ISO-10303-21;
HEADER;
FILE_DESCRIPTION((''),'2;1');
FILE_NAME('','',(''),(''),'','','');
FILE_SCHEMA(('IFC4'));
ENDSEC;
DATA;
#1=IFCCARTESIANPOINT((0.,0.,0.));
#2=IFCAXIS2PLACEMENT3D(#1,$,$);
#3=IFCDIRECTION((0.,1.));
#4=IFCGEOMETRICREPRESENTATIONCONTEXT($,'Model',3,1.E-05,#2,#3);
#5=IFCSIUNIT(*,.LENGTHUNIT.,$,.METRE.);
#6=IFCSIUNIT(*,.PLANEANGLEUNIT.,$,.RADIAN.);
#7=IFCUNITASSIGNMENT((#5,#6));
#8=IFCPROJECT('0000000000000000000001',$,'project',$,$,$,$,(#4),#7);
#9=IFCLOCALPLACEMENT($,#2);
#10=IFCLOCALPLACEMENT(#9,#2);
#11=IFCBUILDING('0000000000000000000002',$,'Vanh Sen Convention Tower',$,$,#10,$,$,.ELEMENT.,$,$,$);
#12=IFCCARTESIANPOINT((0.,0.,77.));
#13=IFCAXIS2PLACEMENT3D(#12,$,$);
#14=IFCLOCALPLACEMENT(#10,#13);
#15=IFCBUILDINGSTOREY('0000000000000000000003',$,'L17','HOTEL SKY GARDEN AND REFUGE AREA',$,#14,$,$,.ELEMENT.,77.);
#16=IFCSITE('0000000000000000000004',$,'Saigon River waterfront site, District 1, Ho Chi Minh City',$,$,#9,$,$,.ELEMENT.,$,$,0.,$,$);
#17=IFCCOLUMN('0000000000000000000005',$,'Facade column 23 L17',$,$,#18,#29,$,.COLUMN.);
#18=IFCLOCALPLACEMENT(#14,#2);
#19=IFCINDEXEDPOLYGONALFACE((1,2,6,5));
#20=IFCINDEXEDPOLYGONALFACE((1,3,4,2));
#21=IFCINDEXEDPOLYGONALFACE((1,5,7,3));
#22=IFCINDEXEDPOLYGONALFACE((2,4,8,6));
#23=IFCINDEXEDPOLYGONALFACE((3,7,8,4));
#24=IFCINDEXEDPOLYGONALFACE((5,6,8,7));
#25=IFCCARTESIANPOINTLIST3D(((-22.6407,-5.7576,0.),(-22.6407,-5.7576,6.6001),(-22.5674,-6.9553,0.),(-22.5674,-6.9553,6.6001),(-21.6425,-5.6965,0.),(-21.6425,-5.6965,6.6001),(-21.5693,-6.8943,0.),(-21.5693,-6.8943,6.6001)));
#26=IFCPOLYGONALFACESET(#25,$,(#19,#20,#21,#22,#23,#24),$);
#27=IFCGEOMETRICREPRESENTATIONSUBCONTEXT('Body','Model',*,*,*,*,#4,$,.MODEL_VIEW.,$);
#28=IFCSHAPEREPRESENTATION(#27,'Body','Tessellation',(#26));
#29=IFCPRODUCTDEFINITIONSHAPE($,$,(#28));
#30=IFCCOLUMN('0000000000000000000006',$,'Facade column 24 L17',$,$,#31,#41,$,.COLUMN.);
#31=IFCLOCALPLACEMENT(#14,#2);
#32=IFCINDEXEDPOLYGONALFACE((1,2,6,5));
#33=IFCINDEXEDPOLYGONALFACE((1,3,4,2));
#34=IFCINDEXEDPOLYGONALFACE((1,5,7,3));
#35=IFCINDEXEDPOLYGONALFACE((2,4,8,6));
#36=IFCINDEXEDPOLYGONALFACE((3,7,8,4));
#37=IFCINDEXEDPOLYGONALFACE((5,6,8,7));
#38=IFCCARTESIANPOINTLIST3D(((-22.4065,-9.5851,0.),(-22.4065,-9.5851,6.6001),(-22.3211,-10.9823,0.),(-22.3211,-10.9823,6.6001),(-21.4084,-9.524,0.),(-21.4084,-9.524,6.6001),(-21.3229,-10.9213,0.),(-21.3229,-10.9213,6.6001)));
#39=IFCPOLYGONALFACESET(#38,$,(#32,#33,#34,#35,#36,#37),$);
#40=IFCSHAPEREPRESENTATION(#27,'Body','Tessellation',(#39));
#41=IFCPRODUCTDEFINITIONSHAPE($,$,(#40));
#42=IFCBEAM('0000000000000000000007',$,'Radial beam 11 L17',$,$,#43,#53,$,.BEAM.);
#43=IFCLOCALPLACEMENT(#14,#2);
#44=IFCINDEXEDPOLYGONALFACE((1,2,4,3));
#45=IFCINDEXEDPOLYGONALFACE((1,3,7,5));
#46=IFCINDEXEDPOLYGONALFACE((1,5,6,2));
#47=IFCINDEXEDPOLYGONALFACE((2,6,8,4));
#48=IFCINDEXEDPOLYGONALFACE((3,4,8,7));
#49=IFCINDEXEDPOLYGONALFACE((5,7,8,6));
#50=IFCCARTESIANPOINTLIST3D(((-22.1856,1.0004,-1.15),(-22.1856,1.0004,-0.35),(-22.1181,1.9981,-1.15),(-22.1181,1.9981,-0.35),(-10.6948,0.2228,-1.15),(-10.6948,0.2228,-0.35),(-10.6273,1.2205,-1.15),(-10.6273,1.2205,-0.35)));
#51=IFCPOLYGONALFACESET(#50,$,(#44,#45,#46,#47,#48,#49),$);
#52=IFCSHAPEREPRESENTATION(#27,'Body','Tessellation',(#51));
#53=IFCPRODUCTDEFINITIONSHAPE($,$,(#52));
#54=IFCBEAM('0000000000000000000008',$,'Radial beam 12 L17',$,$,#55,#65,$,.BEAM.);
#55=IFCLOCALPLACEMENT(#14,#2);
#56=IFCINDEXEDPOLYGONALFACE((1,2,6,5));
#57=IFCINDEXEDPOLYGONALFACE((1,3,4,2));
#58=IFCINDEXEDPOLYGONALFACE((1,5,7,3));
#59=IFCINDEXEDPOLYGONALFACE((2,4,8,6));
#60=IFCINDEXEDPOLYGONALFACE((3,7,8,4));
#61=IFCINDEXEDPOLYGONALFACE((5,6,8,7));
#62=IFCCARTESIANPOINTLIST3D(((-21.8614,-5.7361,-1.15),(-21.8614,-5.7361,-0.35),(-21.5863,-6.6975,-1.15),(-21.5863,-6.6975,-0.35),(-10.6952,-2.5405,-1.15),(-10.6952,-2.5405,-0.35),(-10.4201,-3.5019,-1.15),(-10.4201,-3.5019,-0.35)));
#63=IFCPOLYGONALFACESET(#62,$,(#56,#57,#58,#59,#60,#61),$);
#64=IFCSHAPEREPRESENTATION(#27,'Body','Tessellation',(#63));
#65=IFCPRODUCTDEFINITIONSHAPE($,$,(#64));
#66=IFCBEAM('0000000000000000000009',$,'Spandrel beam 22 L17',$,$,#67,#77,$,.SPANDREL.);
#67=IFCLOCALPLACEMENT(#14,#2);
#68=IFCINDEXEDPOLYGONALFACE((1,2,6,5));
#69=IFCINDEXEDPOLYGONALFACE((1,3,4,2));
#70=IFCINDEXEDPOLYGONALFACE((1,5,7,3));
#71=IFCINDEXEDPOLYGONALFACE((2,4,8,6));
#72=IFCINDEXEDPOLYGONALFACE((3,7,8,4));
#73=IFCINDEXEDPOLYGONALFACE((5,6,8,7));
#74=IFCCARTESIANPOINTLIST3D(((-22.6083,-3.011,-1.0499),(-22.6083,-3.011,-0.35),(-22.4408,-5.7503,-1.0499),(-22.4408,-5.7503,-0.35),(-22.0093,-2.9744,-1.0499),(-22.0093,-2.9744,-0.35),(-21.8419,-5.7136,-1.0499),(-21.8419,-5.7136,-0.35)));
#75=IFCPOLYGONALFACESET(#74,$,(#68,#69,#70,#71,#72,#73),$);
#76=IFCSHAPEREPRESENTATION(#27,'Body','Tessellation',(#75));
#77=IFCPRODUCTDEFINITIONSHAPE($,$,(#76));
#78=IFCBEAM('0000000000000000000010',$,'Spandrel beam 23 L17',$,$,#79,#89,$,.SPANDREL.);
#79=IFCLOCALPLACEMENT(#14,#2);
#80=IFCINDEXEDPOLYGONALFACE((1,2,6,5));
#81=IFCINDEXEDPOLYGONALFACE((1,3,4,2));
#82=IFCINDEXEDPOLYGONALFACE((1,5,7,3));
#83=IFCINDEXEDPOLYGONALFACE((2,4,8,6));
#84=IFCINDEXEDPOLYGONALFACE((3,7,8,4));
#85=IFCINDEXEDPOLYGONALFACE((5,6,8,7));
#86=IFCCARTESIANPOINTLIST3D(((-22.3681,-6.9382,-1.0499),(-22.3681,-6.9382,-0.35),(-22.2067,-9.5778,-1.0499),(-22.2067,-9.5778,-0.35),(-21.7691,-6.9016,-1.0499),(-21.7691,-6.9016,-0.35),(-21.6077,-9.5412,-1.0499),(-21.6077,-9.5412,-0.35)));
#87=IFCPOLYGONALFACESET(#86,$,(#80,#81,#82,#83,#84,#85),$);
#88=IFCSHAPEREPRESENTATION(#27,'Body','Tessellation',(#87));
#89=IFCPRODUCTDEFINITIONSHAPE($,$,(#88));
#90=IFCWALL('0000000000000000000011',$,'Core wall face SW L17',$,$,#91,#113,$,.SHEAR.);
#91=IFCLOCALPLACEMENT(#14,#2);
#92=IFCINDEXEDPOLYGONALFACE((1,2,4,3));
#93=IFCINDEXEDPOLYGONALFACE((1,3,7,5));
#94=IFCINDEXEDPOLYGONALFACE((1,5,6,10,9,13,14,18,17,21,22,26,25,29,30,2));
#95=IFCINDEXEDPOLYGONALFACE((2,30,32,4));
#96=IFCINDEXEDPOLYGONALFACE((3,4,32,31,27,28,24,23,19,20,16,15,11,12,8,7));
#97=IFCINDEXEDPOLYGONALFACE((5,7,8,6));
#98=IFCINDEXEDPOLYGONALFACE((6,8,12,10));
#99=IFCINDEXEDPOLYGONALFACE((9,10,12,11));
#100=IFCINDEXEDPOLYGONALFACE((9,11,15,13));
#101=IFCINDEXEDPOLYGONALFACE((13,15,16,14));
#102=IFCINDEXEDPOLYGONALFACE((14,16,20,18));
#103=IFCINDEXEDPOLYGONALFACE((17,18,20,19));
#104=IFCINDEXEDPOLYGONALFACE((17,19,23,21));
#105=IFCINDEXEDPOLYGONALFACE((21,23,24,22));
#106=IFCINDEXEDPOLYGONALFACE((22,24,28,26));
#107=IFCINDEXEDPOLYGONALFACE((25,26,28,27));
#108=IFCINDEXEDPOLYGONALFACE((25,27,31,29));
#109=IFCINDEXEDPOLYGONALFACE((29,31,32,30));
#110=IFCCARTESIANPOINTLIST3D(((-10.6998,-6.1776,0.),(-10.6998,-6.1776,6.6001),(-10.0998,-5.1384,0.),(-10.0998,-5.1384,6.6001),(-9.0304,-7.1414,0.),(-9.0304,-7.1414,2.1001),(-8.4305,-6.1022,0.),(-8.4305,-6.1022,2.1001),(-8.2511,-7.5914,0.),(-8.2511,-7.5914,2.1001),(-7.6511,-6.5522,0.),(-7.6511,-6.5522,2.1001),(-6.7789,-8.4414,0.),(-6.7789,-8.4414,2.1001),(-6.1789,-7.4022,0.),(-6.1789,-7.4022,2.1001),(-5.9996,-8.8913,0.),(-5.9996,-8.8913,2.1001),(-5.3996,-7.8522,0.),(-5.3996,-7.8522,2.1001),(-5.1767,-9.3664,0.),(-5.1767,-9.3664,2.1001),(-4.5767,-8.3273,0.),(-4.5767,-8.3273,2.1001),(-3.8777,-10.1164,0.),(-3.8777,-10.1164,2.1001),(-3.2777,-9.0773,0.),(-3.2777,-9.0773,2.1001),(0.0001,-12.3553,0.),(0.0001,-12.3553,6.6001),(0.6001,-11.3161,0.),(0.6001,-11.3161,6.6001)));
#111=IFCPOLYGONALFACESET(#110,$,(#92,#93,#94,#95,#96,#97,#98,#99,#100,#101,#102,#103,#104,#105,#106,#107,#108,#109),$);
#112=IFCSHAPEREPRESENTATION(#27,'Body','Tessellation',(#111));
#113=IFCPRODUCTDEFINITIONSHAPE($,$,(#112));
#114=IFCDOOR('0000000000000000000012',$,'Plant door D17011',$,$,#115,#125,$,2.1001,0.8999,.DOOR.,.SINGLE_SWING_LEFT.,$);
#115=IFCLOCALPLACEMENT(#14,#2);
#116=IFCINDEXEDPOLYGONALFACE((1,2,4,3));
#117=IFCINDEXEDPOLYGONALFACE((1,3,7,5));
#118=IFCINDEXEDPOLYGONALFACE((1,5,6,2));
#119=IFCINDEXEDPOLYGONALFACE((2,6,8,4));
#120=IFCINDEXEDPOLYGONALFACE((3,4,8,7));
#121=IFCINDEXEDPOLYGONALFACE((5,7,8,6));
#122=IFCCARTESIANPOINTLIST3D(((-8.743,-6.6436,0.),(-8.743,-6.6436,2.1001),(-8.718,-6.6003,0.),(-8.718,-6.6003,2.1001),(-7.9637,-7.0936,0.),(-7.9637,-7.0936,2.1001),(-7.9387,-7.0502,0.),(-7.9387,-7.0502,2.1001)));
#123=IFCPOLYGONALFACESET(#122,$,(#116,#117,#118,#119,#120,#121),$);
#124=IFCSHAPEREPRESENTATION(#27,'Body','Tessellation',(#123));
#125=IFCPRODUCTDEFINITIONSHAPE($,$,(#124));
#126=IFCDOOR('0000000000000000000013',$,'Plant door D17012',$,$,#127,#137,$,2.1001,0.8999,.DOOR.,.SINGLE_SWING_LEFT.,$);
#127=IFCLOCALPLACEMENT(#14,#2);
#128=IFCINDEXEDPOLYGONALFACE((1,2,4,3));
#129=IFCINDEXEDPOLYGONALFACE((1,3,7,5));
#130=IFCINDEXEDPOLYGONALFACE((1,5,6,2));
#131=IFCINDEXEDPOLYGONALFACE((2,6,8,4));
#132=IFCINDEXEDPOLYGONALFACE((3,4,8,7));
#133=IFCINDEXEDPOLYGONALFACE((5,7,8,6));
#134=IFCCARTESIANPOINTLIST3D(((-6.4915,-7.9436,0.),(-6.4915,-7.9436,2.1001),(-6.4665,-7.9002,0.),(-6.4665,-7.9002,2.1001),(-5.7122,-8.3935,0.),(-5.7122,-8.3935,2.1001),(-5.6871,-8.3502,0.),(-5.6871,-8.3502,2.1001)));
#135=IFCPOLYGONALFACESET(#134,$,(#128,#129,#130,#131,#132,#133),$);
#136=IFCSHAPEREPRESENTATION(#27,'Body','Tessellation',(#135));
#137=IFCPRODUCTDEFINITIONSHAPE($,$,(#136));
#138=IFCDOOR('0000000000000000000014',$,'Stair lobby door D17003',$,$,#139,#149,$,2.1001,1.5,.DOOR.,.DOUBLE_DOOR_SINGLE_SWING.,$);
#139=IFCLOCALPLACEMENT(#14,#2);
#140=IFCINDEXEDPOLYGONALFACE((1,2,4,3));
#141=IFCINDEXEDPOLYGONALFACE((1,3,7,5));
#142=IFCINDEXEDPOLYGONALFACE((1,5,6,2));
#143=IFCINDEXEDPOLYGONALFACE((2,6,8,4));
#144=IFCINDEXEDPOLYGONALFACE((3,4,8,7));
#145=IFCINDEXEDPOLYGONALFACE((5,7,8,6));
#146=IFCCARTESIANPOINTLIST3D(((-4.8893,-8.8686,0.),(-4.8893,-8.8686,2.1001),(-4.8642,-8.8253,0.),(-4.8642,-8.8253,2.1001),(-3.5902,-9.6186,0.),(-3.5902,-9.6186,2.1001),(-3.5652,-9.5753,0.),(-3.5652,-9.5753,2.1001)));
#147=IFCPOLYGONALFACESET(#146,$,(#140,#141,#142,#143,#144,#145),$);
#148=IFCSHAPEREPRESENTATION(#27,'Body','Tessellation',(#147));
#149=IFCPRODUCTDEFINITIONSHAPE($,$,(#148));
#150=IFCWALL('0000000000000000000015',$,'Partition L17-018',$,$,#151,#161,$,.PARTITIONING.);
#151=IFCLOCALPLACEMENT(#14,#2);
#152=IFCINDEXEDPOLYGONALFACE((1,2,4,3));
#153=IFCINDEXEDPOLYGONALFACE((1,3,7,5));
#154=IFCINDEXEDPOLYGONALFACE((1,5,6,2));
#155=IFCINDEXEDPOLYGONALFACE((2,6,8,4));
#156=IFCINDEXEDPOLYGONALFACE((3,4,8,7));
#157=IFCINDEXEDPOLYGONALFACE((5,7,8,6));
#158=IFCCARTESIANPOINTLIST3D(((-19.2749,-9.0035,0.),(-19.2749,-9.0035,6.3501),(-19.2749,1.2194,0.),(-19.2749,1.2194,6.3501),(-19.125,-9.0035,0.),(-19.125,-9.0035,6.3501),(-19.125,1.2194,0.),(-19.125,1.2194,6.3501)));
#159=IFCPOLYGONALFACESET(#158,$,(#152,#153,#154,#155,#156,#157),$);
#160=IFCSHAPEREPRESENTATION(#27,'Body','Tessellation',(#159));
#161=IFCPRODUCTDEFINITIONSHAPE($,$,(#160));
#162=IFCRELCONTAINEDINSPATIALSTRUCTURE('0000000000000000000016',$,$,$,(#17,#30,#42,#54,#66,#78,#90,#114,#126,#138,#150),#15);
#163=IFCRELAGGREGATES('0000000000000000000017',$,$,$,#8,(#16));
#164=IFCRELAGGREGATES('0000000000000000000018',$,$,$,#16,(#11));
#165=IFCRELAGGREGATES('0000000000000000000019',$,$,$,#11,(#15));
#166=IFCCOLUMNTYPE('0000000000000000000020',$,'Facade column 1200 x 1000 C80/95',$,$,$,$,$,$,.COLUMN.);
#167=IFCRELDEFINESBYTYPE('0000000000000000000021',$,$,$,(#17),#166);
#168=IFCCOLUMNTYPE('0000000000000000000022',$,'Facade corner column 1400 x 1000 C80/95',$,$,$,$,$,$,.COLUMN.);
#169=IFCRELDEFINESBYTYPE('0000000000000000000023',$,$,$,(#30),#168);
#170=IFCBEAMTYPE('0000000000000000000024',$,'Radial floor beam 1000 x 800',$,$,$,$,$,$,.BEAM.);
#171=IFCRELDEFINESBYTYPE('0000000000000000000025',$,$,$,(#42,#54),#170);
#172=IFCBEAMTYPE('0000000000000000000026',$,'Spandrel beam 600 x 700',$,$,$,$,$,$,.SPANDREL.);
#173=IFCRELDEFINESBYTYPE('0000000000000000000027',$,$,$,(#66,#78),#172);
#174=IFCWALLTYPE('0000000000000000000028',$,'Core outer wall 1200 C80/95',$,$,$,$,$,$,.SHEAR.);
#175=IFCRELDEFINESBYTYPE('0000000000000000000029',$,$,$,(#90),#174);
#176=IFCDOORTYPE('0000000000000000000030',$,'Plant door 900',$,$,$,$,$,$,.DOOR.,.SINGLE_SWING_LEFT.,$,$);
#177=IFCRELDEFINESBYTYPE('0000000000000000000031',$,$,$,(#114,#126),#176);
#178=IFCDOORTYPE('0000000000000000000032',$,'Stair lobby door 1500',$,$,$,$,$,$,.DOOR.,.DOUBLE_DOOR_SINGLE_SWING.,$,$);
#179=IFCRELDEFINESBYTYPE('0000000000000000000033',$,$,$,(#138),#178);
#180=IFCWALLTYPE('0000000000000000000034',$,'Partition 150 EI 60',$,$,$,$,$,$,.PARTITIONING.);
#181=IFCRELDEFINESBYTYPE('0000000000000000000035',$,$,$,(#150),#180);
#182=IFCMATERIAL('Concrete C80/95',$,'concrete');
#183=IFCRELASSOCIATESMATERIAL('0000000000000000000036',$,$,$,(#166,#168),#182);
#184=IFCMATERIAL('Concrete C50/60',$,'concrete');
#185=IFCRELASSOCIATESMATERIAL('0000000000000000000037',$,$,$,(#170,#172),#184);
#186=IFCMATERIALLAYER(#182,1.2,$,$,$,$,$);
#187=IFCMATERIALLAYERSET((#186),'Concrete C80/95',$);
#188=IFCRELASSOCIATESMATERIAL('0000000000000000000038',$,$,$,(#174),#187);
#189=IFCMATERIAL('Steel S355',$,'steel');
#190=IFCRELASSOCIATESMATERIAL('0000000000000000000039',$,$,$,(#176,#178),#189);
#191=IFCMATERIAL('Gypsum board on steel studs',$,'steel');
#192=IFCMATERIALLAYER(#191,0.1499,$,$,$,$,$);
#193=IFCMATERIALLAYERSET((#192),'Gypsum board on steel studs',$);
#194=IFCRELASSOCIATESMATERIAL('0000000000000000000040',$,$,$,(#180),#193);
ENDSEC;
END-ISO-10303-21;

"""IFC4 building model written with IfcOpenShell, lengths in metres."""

from ifc_helpers import new_model, si_unit, direction, frame, frame_2d, origin, origin_2d, place, context, subcontext, project, spatial, rectangle, extrude, material, layer, layer_set, material_profile, profile_set, type_object, element, fill, save


model = new_model("IFC4")

# Units and contexts
model_context = context("Model", 3, precision=1e-05, world=origin(), true_north=direction((0.0, 1.0)))
body_context = subcontext(model_context, "Body", "Model", "MODEL_VIEW")
ifc_project = project(units=[si_unit("LENGTHUNIT", "METRE"), si_unit("PLANEANGLEUNIT", "RADIAN")], contexts=[model_context])

# Site, building, storey
site_placement = place(None, origin())
site = spatial("IfcSite", under=ifc_project, at=site_placement, Name="Saigon River waterfront site, District 1, Ho Chi Minh City", CompositionType="ELEMENT", RefElevation=0.0)
building_placement = place(site_placement, origin())
building = spatial("IfcBuilding", under=site, at=building_placement, Name="Vanh Sen Convention Tower", CompositionType="ELEMENT")
storey_placement = place(building_placement, frame((0.0, 0.0, 77.0)))
storey = spatial("IfcBuildingStorey", under=building, at=storey_placement, Name="L17", Description="HOTEL SKY GARDEN AND REFUGE AREA", CompositionType="ELEMENT", Elevation=77.0)

# Columns
ifc_material_1 = material(Name="Concrete C80/95", Category="concrete")
ifc_material_profile_1 = material_profile(ifc_material_1, rectangle(XDim=1.2, YDim=1.0, at=origin_2d()), Name="RC 1200X1000")
ifc_profile_set_1 = profile_set([ifc_material_profile_1], Name="Concrete C80/95")
column_type_1 = type_object("IfcColumnType", Name="Facade column 1200 x 1000 C80/95", PredefinedType="COLUMN", material=ifc_profile_set_1)
column_1_placement = place(storey_placement, frame((-22.105, -6.3259, 0.0), z_axis=(0.0, 0.0, 1.0), x_axis=(0.061049, -0.998135, 0.0)))
element("IfcColumn", 1, at=column_1_placement, inside=storey, type_object=column_type_1, Name="Facade column 23 L17", PredefinedType="COLUMN", context=body_context, shape_type="SweptSolid", body=[
    extrude(rectangle(XDim=1.2, YDim=1.0, at=origin_2d()), origin(), (0.0, 0.0, 1.0), 6.6001),
])
ifc_material_profile_2 = material_profile(ifc_material_1, rectangle(XDim=1.3999, YDim=1.0, at=origin_2d()), Name="RC 1400X1000")
ifc_profile_set_2 = profile_set([ifc_material_profile_2], Name="Concrete C80/95")
column_type_2 = type_object("IfcColumnType", Name="Facade corner column 1400 x 1000 C80/95", PredefinedType="COLUMN", material=ifc_profile_set_2)
column_2_placement = place(storey_placement, frame((-21.8647, -10.2532, 0.0), z_axis=(0.0, 0.0, 1.0), x_axis=(0.061049, -0.998135, 0.0)))
element("IfcColumn", 2, at=column_2_placement, inside=storey, type_object=column_type_2, Name="Facade column 24 L17", PredefinedType="COLUMN", context=body_context, shape_type="SweptSolid", body=[
    extrude(rectangle(XDim=1.3999, YDim=1.0, at=origin_2d()), origin(), (0.0, 0.0, 1.0), 6.6001),
])

# Beams
ifc_material_2 = material(Name="Concrete C50/60", Category="concrete")
ifc_material_profile_3 = material_profile(ifc_material_2, rectangle(XDim=1.0, YDim=0.8, at=origin_2d()), Name="RC 1000X800")
ifc_profile_set_3 = profile_set([ifc_material_profile_3], Name="Concrete C50/60")
beam_type_1 = type_object("IfcBeamType", Name="Radial floor beam 1000 x 800", PredefinedType="BEAM", material=ifc_profile_set_3)
beam_1_placement = place(storey_placement, frame((-22.1519, 1.4993, -0.75), z_axis=(0.997718, -0.067517, 0.0), x_axis=(0.067517, 0.997718, 0.0)))
element("IfcBeam", 3, at=beam_1_placement, inside=storey, type_object=beam_type_1, Name="Radial beam 11 L17", PredefinedType="BEAM", context=body_context, shape_type="SweptSolid", body=[
    extrude(rectangle(XDim=1.0, YDim=0.8, at=origin_2d()), origin(), (0.0, 0.0, 1.0), 11.5171),
])
beam_2_placement = place(storey_placement, frame((-21.7239, -6.2168, -0.75), z_axis=(0.961406, 0.275135, 0.0), x_axis=(-0.275135, 0.961406, 0.0)))
element("IfcBeam", 4, at=beam_2_placement, inside=storey, type_object=beam_type_1, Name="Radial beam 12 L17", PredefinedType="BEAM", context=body_context, shape_type="SweptSolid", body=[
    extrude(rectangle(XDim=1.0, YDim=0.8, at=origin_2d()), origin(), (0.0, 0.0, 1.0), 11.6145),
])
ifc_material_profile_4 = material_profile(ifc_material_2, rectangle(XDim=0.6001, YDim=0.7, at=origin_2d()), Name="RC 600X700")
ifc_profile_set_4 = profile_set([ifc_material_profile_4], Name="Concrete C50/60")
beam_type_2 = type_object("IfcBeamType", Name="Spandrel beam 600 x 700", PredefinedType="SPANDREL", material=ifc_profile_set_4)
beam_3_placement = place(storey_placement, frame((-22.3088, -2.9927, -0.7), z_axis=(0.061027, -0.998136, 0.0), x_axis=(0.998136, 0.061027, 0.0)))
element("IfcBeam", 5, at=beam_3_placement, inside=storey, type_object=beam_type_2, Name="Spandrel beam 22 L17", PredefinedType="SPANDREL", context=body_context, shape_type="SweptSolid", body=[
    extrude(rectangle(XDim=0.6001, YDim=0.7, at=origin_2d()), origin(), (0.0, 0.0, 1.0), 2.7444),
])
beam_4_placement = place(storey_placement, frame((-22.0686, -6.9199, -0.7), z_axis=(0.061022, -0.998136, 0.0), x_axis=(0.998136, 0.061022, 0.0)))
element("IfcBeam", 6, at=beam_4_placement, inside=storey, type_object=beam_type_2, Name="Spandrel beam 23 L17", PredefinedType="SPANDREL", context=body_context, shape_type="SweptSolid", body=[
    extrude(rectangle(XDim=0.6001, YDim=0.7, at=origin_2d()), origin(), (0.0, 0.0, 1.0), 2.6445),
])

# Wall, openings, doors
ifc_layer_1 = layer(ifc_material_1, 1.2)
ifc_layer_set_1 = layer_set([ifc_layer_1], Name="Concrete C80/95")
wall_type_1 = type_object("IfcWallType", Name="Core outer wall 1200 C80/95", PredefinedType="SHEAR", material=ifc_layer_set_1)
wall_1_placement = place(storey_placement, frame((-10.3999, -5.658, 0.0), z_axis=(0.0, 0.0, 1.0), x_axis=(0.866021, -0.500007, 0.0)))
wall_1 = element("IfcWall", 7, at=wall_1_placement, inside=storey, type_object=wall_type_1, Name="Core wall face SW L17", PredefinedType="SHEAR", context=body_context, shape_type="SweptSolid", body=[
    extrude(rectangle(XDim=12.3552, YDim=1.2, at=frame_2d((6.1777, 0.0))), origin(), (0.0, 0.0, 1.0), 6.6001),
])
opening_1_placement = place(wall_1_placement, frame((6.3777, 0.0, 0.0)))
opening_1 = element("IfcOpeningElement", 8, at=opening_1_placement, cuts=wall_1, PredefinedType="OPENING", context=body_context, shape_type="SweptSolid", body=[
    extrude(rectangle(XDim=1.5, YDim=2.1001, at=frame_2d((0.75, 1.05))), frame((0.0, 0.6099, 0.0), z_axis=(0.0, -1.0, 0.0), x_axis=(1.0, 0.0, 0.0)), (0.0, 0.0, 1.0), 1.22),
])
opening_2_placement = place(wall_1_placement, frame((1.9277, 0.0, 0.0)))
opening_2 = element("IfcOpeningElement", 9, at=opening_2_placement, cuts=wall_1, PredefinedType="OPENING", context=body_context, shape_type="SweptSolid", body=[
    extrude(rectangle(XDim=0.8999, YDim=2.1001, at=frame_2d((0.45, 1.05))), frame((0.0, 0.6099, 0.0), z_axis=(0.0, -1.0, 0.0), x_axis=(1.0, 0.0, 0.0)), (0.0, 0.0, 1.0), 1.22),
])
opening_3_placement = place(wall_1_placement, frame((4.5276, 0.0, 0.0)))
opening_3 = element("IfcOpeningElement", 10, at=opening_3_placement, cuts=wall_1, PredefinedType="OPENING", context=body_context, shape_type="SweptSolid", body=[
    extrude(rectangle(XDim=0.8999, YDim=2.1001, at=frame_2d((0.45, 1.05))), frame((0.0, 0.6099, 0.0), z_axis=(0.0, -1.0, 0.0), x_axis=(1.0, 0.0, 0.0)), (0.0, 0.0, 1.0), 1.22),
])
ifc_material_3 = material(Name="Steel S355", Category="steel")
door_type_1 = type_object("IfcDoorType", Name="Plant door 900", OperationType="SINGLE_SWING_LEFT", PredefinedType="DOOR", material=ifc_material_3)
door_1_placement = place(opening_2_placement, origin())
door_1 = element("IfcDoor", 11, at=door_1_placement, inside=storey, type_object=door_type_1, Name="Plant door D17011", OperationType="SINGLE_SWING_LEFT", OverallHeight=2.1001, OverallWidth=0.8999, PredefinedType="DOOR", context=body_context, shape_type="SweptSolid", body=[
    extrude(rectangle(XDim=0.8999, YDim=2.1001, at=frame_2d((0.45, 1.05))), frame((0.0, 0.0249, 0.0), z_axis=(0.0, -1.0, 0.0), x_axis=(1.0, 0.0, 0.0)), (0.0, 0.0, 1.0), 0.05),
])
fill(opening_2, door_1)
door_2_placement = place(opening_3_placement, origin())
door_2 = element("IfcDoor", 12, at=door_2_placement, inside=storey, type_object=door_type_1, Name="Plant door D17012", OperationType="SINGLE_SWING_LEFT", OverallHeight=2.1001, OverallWidth=0.8999, PredefinedType="DOOR", context=body_context, shape_type="SweptSolid", body=[
    extrude(rectangle(XDim=0.8999, YDim=2.1001, at=frame_2d((0.45, 1.05))), frame((0.0, 0.0249, 0.0), z_axis=(0.0, -1.0, 0.0), x_axis=(1.0, 0.0, 0.0)), (0.0, 0.0, 1.0), 0.05),
])
fill(opening_3, door_2)
door_type_2 = type_object("IfcDoorType", Name="Stair lobby door 1500", OperationType="DOUBLE_DOOR_SINGLE_SWING", PredefinedType="DOOR", material=ifc_material_3)
door_3_placement = place(opening_1_placement, origin())
door_3 = element("IfcDoor", 13, at=door_3_placement, inside=storey, type_object=door_type_2, Name="Stair lobby door D17003", OperationType="DOUBLE_DOOR_SINGLE_SWING", OverallHeight=2.1001, OverallWidth=1.5, PredefinedType="DOOR", context=body_context, shape_type="SweptSolid", body=[
    extrude(rectangle(XDim=1.5, YDim=2.1001, at=frame_2d((0.75, 1.05))), frame((0.0, 0.0249, 0.0), z_axis=(0.0, -1.0, 0.0), x_axis=(1.0, 0.0, 0.0)), (0.0, 0.0, 1.0), 0.05),
])
fill(opening_1, door_3)

# Wall
ifc_material_4 = material(Name="Gypsum board on steel studs", Category="steel")
ifc_layer_2 = layer(ifc_material_4, 0.1499)
ifc_layer_set_2 = layer_set([ifc_layer_2], Name="Gypsum board on steel studs")
wall_type_2 = type_object("IfcWallType", Name="Partition 150 EI 60", PredefinedType="PARTITIONING", material=ifc_layer_set_2)
wall_2_placement = place(storey_placement, frame((-19.2, -9.0034, 0.0), z_axis=(0.0, 0.0, 1.0), x_axis=(0.0, 1.0, 0.0)))
element("IfcWall", 14, at=wall_2_placement, inside=storey, type_object=wall_type_2, Name="Partition L17-018", PredefinedType="PARTITIONING", context=body_context, shape_type="SweptSolid", body=[
    extrude(rectangle(XDim=10.2229, YDim=0.1499, at=frame_2d((5.1113, 0.0))), origin(), (0.0, 0.0, 1.0), 6.3501),
])

save(model, "model.ifc")
